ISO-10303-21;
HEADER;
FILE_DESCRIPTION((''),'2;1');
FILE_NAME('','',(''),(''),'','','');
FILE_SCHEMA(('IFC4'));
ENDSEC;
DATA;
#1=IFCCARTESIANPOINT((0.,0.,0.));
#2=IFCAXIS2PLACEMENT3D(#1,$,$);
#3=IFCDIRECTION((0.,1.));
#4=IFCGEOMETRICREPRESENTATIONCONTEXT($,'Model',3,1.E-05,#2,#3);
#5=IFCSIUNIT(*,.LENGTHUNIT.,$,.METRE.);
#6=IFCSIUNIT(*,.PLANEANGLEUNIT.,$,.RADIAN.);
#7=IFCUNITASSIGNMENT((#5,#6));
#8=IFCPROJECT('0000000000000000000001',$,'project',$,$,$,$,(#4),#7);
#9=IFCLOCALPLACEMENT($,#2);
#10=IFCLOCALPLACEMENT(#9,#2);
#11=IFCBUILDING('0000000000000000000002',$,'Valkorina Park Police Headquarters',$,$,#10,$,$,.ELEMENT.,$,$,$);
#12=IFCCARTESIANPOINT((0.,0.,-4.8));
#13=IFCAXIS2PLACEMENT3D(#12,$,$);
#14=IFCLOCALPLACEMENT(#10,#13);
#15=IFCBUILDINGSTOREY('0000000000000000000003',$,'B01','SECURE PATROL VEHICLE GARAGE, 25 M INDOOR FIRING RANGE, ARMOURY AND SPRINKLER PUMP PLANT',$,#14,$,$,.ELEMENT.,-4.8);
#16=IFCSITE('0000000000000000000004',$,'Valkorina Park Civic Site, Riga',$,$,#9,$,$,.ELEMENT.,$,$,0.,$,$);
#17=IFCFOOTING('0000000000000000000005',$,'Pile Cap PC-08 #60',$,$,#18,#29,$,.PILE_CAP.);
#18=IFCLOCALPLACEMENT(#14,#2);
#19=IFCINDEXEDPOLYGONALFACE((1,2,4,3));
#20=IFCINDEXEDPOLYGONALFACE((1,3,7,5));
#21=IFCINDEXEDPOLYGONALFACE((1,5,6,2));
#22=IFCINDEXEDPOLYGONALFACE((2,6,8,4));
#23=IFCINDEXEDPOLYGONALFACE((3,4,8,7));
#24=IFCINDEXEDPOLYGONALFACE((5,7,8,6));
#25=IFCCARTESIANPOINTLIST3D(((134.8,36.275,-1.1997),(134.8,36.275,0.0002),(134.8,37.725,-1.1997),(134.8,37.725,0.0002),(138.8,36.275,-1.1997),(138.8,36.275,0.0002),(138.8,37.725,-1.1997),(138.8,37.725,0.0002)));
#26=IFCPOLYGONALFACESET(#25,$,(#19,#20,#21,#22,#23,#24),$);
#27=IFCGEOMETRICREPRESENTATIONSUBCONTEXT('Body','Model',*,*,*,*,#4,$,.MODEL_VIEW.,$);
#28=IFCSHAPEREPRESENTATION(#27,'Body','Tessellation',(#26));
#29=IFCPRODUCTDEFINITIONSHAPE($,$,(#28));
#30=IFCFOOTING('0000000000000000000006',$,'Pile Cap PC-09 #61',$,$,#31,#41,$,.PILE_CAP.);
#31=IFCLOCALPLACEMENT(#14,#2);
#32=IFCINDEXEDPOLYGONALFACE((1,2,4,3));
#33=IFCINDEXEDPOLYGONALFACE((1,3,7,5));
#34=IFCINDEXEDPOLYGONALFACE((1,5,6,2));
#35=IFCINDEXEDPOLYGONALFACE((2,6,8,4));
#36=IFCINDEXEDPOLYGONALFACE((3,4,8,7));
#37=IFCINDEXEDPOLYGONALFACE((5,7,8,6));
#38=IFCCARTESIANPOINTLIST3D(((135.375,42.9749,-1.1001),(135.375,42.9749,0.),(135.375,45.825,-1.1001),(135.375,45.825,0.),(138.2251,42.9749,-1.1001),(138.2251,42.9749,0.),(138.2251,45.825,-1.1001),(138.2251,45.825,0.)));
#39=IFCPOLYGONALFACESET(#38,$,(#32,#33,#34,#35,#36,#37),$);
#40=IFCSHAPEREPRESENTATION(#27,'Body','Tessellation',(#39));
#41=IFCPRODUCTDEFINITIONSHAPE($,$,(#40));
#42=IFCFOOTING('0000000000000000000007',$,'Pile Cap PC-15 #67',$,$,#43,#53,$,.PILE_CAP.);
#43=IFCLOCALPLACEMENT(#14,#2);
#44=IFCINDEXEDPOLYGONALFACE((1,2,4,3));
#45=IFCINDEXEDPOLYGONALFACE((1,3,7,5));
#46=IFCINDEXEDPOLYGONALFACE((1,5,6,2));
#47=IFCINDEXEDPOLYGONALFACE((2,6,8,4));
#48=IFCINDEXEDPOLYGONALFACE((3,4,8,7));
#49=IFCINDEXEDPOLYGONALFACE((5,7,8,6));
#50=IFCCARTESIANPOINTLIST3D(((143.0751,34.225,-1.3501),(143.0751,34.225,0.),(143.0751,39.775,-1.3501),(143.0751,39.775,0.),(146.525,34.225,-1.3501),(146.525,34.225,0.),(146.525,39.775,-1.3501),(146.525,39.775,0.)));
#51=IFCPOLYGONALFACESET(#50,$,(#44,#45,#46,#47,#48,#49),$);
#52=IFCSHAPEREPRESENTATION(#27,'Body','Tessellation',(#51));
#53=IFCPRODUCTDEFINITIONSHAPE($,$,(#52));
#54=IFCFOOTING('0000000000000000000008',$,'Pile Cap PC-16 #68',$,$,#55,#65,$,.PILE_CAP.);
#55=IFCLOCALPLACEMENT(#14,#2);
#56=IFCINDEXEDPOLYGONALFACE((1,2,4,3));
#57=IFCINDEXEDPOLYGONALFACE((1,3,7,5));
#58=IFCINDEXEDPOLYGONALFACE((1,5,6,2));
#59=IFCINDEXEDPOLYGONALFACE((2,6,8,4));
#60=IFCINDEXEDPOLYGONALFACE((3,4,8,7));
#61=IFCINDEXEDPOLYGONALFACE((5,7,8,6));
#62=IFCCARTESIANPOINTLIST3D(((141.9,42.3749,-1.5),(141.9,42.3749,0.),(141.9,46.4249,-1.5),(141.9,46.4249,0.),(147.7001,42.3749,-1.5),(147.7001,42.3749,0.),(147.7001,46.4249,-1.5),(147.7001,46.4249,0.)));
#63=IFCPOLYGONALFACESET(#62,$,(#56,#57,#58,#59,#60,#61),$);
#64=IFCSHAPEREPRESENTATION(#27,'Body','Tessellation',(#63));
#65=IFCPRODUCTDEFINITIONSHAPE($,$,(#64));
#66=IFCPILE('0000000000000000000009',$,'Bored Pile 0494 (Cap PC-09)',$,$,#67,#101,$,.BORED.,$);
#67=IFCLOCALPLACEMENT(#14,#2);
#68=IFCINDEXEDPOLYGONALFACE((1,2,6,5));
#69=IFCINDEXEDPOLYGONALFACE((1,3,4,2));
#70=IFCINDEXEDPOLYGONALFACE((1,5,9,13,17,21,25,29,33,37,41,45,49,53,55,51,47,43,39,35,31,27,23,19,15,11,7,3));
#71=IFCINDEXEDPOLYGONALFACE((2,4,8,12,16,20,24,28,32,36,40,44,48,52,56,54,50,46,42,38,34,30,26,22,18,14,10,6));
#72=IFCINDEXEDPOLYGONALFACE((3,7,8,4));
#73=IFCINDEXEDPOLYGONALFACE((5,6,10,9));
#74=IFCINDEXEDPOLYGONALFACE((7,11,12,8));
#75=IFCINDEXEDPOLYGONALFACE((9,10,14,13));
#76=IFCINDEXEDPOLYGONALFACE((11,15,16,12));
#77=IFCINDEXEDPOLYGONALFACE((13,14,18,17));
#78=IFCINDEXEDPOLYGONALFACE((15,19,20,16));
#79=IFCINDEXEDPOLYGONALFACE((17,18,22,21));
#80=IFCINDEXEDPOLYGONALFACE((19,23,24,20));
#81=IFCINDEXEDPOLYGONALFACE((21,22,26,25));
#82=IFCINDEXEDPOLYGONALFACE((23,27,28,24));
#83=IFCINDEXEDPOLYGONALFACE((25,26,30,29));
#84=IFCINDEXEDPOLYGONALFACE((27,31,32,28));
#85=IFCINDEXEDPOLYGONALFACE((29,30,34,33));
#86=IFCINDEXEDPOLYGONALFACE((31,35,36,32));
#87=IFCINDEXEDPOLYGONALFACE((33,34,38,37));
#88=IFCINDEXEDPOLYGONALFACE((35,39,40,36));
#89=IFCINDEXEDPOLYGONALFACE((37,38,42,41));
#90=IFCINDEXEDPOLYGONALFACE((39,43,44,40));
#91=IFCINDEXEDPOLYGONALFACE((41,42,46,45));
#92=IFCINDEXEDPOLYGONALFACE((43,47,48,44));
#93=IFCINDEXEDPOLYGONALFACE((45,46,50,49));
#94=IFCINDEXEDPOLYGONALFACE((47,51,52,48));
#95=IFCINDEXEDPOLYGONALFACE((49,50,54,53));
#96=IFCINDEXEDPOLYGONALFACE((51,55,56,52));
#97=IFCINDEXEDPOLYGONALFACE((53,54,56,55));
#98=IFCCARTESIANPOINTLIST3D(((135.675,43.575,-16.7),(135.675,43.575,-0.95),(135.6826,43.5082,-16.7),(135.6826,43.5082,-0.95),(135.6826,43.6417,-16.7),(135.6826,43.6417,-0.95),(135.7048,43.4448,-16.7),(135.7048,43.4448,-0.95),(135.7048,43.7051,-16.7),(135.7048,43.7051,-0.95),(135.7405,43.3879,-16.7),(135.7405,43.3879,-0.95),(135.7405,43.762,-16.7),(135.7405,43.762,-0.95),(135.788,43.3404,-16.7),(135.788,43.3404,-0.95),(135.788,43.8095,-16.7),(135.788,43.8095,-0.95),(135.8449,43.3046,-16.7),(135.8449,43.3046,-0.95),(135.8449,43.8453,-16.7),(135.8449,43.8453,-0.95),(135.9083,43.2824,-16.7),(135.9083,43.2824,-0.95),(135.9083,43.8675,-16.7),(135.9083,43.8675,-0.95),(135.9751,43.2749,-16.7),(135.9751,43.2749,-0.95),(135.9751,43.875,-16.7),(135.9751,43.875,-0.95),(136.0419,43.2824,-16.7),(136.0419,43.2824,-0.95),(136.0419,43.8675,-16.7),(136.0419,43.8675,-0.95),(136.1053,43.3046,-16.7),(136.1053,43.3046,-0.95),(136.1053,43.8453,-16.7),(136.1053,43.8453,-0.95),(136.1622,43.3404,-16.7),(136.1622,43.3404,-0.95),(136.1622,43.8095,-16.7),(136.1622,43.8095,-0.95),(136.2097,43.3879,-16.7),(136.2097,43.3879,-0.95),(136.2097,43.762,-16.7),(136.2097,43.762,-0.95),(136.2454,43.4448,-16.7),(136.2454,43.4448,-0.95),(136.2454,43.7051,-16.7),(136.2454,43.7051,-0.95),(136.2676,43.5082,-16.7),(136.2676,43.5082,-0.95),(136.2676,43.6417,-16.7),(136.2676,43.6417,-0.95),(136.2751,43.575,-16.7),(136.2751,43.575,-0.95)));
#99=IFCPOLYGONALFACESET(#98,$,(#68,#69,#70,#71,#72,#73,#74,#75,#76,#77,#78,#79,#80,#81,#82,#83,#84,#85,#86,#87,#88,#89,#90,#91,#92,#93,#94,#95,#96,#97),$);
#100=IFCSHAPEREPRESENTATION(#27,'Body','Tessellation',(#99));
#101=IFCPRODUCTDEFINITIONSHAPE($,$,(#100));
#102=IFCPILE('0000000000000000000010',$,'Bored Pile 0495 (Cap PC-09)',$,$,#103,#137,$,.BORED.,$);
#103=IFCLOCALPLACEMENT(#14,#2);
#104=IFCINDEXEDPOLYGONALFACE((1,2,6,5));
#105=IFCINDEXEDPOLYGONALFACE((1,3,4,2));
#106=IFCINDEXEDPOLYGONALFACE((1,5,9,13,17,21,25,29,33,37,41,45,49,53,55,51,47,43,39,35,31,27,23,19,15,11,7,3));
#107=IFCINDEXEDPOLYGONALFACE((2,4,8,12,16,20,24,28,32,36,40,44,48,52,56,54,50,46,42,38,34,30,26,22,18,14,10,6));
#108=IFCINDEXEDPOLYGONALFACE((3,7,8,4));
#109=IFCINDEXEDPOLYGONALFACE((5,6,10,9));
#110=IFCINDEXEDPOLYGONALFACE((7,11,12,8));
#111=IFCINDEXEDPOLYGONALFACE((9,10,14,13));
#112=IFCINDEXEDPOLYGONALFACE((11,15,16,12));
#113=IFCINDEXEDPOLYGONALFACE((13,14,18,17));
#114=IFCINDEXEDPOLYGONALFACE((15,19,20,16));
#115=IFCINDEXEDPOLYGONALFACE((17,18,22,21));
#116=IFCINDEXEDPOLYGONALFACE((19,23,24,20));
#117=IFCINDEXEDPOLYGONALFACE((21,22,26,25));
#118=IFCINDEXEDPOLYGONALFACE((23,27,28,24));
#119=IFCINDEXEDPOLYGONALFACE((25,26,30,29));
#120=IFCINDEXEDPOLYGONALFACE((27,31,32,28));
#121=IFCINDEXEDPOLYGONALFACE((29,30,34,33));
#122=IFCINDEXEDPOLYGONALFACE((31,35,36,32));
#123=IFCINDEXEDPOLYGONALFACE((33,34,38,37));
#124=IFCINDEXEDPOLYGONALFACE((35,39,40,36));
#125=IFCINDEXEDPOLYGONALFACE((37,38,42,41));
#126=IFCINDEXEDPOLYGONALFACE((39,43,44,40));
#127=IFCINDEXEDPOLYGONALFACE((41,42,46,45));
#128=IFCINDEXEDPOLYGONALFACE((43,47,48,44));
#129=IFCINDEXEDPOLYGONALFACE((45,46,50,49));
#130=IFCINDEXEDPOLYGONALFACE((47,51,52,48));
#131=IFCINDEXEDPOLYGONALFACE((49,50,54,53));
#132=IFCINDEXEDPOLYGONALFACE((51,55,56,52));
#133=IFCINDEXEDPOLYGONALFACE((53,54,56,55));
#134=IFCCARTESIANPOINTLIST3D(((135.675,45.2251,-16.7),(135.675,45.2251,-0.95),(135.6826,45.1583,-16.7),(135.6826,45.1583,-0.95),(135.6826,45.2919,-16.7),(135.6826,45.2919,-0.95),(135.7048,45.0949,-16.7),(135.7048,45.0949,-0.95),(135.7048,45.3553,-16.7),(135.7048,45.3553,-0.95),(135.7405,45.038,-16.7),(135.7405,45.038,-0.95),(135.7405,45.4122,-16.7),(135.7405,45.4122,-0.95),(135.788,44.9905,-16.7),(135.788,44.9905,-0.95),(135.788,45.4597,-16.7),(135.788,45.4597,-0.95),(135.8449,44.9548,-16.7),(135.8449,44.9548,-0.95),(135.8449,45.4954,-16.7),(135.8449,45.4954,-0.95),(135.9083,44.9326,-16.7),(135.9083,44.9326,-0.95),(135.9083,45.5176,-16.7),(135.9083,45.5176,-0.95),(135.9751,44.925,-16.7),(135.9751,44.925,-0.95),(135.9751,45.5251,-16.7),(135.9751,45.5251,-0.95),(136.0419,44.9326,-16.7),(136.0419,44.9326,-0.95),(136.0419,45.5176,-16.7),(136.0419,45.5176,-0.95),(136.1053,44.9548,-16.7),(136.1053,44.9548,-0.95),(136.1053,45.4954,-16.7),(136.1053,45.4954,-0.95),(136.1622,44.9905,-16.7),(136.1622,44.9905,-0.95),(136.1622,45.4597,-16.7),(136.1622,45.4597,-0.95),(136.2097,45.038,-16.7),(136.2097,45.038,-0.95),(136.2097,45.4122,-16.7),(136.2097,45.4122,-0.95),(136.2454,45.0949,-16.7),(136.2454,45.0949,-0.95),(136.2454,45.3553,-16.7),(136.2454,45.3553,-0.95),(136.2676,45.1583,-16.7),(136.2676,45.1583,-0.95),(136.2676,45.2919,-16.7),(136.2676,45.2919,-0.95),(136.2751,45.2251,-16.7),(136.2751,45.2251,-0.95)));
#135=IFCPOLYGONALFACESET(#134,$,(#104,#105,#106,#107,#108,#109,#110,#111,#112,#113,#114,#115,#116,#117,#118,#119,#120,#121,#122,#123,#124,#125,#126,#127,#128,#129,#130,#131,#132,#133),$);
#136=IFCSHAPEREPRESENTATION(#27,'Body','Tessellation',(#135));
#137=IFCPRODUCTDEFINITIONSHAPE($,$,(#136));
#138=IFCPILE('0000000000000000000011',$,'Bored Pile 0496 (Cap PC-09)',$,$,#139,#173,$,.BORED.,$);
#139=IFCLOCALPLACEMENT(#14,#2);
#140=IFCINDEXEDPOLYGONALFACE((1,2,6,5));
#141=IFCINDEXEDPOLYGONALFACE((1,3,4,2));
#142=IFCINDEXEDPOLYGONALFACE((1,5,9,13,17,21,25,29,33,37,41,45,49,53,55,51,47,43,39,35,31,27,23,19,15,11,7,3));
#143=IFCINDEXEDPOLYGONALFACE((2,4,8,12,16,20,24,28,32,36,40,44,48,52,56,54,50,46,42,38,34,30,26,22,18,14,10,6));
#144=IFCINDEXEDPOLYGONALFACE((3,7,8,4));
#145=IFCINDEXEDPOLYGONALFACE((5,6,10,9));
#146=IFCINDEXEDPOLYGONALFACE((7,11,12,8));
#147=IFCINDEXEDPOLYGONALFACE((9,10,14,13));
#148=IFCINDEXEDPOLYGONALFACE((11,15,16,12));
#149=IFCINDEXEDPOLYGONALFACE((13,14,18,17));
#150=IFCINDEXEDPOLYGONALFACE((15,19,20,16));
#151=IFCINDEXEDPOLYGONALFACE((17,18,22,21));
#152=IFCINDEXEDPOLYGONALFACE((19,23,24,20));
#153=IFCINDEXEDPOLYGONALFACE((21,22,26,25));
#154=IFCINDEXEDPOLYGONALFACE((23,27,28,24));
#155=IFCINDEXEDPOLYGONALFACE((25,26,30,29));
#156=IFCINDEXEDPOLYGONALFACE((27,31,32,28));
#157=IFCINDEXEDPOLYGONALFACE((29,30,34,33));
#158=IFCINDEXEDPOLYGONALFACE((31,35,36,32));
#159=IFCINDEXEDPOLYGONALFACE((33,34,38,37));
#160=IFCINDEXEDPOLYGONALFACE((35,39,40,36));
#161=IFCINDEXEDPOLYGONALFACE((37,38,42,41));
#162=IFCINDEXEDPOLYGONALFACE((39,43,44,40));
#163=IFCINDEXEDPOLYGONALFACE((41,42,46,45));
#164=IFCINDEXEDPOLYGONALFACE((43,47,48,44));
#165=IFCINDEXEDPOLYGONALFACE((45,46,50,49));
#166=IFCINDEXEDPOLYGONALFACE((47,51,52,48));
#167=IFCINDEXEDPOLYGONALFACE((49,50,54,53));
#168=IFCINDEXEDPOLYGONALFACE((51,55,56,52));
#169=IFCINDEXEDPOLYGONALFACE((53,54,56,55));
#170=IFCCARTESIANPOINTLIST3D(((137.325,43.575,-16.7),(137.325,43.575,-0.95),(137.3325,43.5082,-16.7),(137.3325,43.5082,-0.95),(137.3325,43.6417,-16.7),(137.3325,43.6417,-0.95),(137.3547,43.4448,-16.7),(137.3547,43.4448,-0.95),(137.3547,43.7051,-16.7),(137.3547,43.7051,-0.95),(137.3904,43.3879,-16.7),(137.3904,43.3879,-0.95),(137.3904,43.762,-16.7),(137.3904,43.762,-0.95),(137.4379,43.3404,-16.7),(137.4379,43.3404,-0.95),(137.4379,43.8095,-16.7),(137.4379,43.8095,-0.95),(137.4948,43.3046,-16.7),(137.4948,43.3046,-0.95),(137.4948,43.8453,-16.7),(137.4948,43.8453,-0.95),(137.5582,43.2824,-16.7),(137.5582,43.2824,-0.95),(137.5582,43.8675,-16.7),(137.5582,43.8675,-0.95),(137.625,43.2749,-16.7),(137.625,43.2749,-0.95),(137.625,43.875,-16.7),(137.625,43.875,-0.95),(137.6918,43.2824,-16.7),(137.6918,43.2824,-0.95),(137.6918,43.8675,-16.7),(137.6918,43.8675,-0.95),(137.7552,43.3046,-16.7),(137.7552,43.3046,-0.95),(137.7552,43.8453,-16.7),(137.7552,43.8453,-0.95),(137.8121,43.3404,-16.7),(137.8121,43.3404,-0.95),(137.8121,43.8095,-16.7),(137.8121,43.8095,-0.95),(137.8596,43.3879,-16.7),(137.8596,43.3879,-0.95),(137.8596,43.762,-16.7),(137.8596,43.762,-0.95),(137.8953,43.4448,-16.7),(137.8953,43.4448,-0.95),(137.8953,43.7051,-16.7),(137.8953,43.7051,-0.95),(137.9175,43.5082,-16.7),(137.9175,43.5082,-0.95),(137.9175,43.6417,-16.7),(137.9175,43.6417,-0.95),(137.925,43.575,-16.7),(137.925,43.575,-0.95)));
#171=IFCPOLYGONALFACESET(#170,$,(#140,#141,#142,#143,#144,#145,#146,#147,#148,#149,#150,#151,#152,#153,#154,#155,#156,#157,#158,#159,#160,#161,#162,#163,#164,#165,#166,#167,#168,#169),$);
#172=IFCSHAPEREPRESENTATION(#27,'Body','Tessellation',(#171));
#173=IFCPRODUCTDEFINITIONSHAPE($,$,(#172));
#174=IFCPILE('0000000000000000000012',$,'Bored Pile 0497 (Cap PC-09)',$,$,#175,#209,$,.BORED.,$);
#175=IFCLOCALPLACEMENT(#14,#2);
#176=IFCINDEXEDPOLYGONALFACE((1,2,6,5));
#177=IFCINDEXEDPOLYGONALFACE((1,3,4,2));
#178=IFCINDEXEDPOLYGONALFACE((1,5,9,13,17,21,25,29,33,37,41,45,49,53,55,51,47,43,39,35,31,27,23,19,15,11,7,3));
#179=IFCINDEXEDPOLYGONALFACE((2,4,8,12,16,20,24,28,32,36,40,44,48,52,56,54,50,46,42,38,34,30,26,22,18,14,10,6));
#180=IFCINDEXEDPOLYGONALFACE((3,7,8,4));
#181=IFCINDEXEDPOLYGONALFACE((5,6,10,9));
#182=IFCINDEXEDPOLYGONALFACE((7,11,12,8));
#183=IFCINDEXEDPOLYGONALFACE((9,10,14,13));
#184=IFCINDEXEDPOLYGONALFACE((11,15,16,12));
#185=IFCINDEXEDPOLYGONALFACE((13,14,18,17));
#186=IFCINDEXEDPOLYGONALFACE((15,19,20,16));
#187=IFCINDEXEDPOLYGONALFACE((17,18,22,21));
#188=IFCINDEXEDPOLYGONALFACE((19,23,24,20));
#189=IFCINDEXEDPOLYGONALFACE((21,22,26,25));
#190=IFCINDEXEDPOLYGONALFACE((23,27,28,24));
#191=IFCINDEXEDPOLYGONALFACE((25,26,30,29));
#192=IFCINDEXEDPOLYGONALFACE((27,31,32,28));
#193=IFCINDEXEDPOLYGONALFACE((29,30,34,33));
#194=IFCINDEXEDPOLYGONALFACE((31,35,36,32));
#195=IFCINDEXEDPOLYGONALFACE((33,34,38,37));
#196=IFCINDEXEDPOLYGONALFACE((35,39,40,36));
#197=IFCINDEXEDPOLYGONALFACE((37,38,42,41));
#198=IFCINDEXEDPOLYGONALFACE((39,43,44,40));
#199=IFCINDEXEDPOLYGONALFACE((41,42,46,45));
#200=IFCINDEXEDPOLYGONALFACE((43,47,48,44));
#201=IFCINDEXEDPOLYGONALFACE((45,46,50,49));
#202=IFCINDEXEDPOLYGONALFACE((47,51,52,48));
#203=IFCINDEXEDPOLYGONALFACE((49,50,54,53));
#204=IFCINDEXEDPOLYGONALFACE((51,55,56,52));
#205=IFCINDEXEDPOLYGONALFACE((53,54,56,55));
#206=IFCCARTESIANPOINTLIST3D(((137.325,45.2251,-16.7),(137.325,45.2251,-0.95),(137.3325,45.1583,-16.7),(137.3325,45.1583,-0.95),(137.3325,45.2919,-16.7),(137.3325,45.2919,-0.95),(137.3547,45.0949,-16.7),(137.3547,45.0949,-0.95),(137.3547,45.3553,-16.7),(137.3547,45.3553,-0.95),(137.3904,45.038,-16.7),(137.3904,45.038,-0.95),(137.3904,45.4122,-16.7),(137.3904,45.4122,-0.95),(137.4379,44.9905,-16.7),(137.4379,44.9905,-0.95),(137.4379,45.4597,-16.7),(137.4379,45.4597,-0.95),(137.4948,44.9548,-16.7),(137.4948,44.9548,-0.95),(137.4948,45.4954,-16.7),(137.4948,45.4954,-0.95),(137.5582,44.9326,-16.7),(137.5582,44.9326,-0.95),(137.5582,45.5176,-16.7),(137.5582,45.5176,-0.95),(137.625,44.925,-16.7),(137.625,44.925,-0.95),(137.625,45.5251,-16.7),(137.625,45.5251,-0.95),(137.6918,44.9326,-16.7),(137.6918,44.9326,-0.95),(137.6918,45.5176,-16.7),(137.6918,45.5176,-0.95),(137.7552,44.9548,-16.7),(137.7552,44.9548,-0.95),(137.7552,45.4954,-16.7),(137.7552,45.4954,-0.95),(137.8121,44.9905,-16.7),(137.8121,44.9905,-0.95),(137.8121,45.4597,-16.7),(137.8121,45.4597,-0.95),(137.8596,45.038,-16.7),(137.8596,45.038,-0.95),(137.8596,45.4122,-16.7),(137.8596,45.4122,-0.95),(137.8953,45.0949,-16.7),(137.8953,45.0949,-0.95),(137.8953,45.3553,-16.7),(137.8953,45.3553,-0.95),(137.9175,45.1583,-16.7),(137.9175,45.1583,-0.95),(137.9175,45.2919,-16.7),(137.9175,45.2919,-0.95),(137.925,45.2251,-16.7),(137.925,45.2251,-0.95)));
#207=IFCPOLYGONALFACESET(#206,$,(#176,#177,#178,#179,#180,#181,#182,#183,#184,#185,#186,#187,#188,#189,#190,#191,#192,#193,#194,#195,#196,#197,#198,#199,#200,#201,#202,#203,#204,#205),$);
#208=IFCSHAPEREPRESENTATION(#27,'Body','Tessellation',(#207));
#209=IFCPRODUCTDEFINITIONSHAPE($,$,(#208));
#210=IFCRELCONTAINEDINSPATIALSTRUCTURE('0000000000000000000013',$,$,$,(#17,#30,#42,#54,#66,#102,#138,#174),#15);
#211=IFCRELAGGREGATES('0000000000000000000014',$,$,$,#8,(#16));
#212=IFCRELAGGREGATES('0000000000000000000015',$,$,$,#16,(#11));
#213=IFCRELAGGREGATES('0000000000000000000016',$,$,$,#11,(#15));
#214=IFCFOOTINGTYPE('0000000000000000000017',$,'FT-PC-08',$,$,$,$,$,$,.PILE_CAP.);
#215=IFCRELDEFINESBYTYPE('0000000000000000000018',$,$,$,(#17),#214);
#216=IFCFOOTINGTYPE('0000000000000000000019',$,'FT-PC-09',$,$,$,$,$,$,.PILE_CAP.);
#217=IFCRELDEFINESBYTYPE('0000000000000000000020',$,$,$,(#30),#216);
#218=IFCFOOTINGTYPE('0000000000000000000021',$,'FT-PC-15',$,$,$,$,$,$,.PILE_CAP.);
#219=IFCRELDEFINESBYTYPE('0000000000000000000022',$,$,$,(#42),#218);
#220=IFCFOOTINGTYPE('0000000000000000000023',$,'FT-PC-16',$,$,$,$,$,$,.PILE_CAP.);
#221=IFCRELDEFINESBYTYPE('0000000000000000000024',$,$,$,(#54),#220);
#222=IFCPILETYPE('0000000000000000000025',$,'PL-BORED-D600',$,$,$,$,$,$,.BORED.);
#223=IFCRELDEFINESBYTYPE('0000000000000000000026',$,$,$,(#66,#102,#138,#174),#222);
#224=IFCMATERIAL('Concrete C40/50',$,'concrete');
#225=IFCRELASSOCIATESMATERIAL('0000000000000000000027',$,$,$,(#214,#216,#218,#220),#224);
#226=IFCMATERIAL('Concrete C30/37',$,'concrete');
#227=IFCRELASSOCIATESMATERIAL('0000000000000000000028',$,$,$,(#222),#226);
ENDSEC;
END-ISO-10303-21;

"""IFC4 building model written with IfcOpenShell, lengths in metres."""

from ifc_helpers import new_model, si_unit, direction, frame, origin, origin_2d, place, context, subcontext, project, spatial, rectangle, circle, extrude, material, material_profile, profile_set, type_object, element, save


model = new_model("IFC4")

# Units and contexts
model_context = context("Model", 3, precision=1e-05, world=origin(), true_north=direction((0.0, 1.0)))
body_context = subcontext(model_context, "Body", "Model", "MODEL_VIEW")
ifc_project = project(units=[si_unit("LENGTHUNIT", "METRE"), si_unit("PLANEANGLEUNIT", "RADIAN")], contexts=[model_context])

# Site, building, storey
site_placement = place(None, origin())
site = spatial("IfcSite", under=ifc_project, at=site_placement, Name="Valkorina Park Civic Site, Riga", CompositionType="ELEMENT", RefElevation=0.0)
building_placement = place(site_placement, origin())
building = spatial("IfcBuilding", under=site, at=building_placement, Name="Valkorina Park Police Headquarters", CompositionType="ELEMENT")
storey_placement = place(building_placement, frame((0.0, 0.0, -4.8)))
storey = spatial("IfcBuildingStorey", under=building, at=storey_placement, Name="B01", Description="SECURE PATROL VEHICLE GARAGE, 25 M INDOOR FIRING RANGE, ARMOURY AND SPRINKLER PUMP PLANT", CompositionType="ELEMENT", Elevation=-4.8)

# Footings
ifc_material_1 = material(Name="Concrete C40/50", Category="concrete")
footing_type_1 = type_object("IfcFootingType", Name="FT-PC-08", PredefinedType="PILE_CAP", material=ifc_material_1)
footing_1_placement = place(storey_placement, frame((136.8, 37.0, -1.1997), z_axis=(0.0, 0.0, 1.0), x_axis=(1.0, 0.0, 0.0)))
element("IfcFooting", 1, at=footing_1_placement, inside=storey, type_object=footing_type_1, Name="Pile Cap PC-08 #60", PredefinedType="PILE_CAP", context=body_context, shape_type="SweptSolid", body=[
    extrude(rectangle(XDim=4.0, YDim=1.45, at=origin_2d()), origin(), (0.0, 0.0, 1.0), 1.2),
])
footing_type_2 = type_object("IfcFootingType", Name="FT-PC-09", PredefinedType="PILE_CAP", material=ifc_material_1)
footing_2_placement = place(storey_placement, frame((136.8, 44.3999, -1.1001), z_axis=(0.0, 0.0, 1.0), x_axis=(1.0, 0.0, 0.0)))
element("IfcFooting", 2, at=footing_2_placement, inside=storey, type_object=footing_type_2, Name="Pile Cap PC-09 #61", PredefinedType="PILE_CAP", context=body_context, shape_type="SweptSolid", body=[
    extrude(rectangle(XDim=2.8501, YDim=2.8501, at=origin_2d()), origin(), (0.0, 0.0, 1.0), 1.1001),
])
footing_type_3 = type_object("IfcFootingType", Name="FT-PC-15", PredefinedType="PILE_CAP", material=ifc_material_1)
footing_3_placement = place(storey_placement, frame((144.8, 37.0, -1.3501), z_axis=(0.0, 0.0, 1.0), x_axis=(1.0, 0.0, 0.0)))
element("IfcFooting", 3, at=footing_3_placement, inside=storey, type_object=footing_type_3, Name="Pile Cap PC-15 #67", PredefinedType="PILE_CAP", context=body_context, shape_type="SweptSolid", body=[
    extrude(rectangle(XDim=3.45, YDim=5.55, at=origin_2d()), origin(), (0.0, 0.0, 1.0), 1.3501),
])
footing_type_4 = type_object("IfcFootingType", Name="FT-PC-16", PredefinedType="PILE_CAP", material=ifc_material_1)
footing_4_placement = place(storey_placement, frame((144.8, 44.3999, -1.5), z_axis=(0.0, 0.0, 1.0), x_axis=(1.0, 0.0, 0.0)))
element("IfcFooting", 4, at=footing_4_placement, inside=storey, type_object=footing_type_4, Name="Pile Cap PC-16 #68", PredefinedType="PILE_CAP", context=body_context, shape_type="SweptSolid", body=[
    extrude(rectangle(XDim=5.8, YDim=4.05, at=origin_2d()), origin(), (0.0, 0.0, 1.0), 1.5),
])

# Piles
ifc_material_2 = material(Name="Concrete C30/37", Category="concrete")
ifc_material_profile_1 = material_profile(ifc_material_2, circle(Radius=0.3, at=origin_2d()), Name="BORED PILE D600")
ifc_profile_set_1 = profile_set([ifc_material_profile_1], Name="Concrete C30/37")
pile_type_1 = type_object("IfcPileType", Name="PL-BORED-D600", PredefinedType="BORED", material=ifc_profile_set_1)
for number, where, z_axis, x_axis, name in (
    (5, (135.9751, 43.575, -0.95), (0.0, 0.0, -1.0), (1.0, 0.0, 0.0), "Bored Pile 0494 (Cap PC-09)"),
    (6, (135.9751, 45.2251, -0.95), (0.0, 0.0, -1.0), (1.0, 0.0, 0.0), "Bored Pile 0495 (Cap PC-09)"),
    (7, (137.625, 43.575, -0.95), (0.0, 0.0, -1.0), (1.0, 0.0, 0.0), "Bored Pile 0496 (Cap PC-09)"),
    (8, (137.625, 45.2251, -0.95), (0.0, 0.0, -1.0), (1.0, 0.0, 0.0), "Bored Pile 0497 (Cap PC-09)"),
):
    element("IfcPile", number, at=place(storey_placement, frame(where, z_axis=z_axis, x_axis=x_axis)), inside=storey, type_object=pile_type_1, Name=name, PredefinedType="BORED", context=body_context, shape_type="SweptSolid", body=[
        extrude(circle(Radius=0.3, at=origin_2d()), origin(), (0.0, 0.0, 1.0), 15.75),
    ])

save(model, "model.ifc")
